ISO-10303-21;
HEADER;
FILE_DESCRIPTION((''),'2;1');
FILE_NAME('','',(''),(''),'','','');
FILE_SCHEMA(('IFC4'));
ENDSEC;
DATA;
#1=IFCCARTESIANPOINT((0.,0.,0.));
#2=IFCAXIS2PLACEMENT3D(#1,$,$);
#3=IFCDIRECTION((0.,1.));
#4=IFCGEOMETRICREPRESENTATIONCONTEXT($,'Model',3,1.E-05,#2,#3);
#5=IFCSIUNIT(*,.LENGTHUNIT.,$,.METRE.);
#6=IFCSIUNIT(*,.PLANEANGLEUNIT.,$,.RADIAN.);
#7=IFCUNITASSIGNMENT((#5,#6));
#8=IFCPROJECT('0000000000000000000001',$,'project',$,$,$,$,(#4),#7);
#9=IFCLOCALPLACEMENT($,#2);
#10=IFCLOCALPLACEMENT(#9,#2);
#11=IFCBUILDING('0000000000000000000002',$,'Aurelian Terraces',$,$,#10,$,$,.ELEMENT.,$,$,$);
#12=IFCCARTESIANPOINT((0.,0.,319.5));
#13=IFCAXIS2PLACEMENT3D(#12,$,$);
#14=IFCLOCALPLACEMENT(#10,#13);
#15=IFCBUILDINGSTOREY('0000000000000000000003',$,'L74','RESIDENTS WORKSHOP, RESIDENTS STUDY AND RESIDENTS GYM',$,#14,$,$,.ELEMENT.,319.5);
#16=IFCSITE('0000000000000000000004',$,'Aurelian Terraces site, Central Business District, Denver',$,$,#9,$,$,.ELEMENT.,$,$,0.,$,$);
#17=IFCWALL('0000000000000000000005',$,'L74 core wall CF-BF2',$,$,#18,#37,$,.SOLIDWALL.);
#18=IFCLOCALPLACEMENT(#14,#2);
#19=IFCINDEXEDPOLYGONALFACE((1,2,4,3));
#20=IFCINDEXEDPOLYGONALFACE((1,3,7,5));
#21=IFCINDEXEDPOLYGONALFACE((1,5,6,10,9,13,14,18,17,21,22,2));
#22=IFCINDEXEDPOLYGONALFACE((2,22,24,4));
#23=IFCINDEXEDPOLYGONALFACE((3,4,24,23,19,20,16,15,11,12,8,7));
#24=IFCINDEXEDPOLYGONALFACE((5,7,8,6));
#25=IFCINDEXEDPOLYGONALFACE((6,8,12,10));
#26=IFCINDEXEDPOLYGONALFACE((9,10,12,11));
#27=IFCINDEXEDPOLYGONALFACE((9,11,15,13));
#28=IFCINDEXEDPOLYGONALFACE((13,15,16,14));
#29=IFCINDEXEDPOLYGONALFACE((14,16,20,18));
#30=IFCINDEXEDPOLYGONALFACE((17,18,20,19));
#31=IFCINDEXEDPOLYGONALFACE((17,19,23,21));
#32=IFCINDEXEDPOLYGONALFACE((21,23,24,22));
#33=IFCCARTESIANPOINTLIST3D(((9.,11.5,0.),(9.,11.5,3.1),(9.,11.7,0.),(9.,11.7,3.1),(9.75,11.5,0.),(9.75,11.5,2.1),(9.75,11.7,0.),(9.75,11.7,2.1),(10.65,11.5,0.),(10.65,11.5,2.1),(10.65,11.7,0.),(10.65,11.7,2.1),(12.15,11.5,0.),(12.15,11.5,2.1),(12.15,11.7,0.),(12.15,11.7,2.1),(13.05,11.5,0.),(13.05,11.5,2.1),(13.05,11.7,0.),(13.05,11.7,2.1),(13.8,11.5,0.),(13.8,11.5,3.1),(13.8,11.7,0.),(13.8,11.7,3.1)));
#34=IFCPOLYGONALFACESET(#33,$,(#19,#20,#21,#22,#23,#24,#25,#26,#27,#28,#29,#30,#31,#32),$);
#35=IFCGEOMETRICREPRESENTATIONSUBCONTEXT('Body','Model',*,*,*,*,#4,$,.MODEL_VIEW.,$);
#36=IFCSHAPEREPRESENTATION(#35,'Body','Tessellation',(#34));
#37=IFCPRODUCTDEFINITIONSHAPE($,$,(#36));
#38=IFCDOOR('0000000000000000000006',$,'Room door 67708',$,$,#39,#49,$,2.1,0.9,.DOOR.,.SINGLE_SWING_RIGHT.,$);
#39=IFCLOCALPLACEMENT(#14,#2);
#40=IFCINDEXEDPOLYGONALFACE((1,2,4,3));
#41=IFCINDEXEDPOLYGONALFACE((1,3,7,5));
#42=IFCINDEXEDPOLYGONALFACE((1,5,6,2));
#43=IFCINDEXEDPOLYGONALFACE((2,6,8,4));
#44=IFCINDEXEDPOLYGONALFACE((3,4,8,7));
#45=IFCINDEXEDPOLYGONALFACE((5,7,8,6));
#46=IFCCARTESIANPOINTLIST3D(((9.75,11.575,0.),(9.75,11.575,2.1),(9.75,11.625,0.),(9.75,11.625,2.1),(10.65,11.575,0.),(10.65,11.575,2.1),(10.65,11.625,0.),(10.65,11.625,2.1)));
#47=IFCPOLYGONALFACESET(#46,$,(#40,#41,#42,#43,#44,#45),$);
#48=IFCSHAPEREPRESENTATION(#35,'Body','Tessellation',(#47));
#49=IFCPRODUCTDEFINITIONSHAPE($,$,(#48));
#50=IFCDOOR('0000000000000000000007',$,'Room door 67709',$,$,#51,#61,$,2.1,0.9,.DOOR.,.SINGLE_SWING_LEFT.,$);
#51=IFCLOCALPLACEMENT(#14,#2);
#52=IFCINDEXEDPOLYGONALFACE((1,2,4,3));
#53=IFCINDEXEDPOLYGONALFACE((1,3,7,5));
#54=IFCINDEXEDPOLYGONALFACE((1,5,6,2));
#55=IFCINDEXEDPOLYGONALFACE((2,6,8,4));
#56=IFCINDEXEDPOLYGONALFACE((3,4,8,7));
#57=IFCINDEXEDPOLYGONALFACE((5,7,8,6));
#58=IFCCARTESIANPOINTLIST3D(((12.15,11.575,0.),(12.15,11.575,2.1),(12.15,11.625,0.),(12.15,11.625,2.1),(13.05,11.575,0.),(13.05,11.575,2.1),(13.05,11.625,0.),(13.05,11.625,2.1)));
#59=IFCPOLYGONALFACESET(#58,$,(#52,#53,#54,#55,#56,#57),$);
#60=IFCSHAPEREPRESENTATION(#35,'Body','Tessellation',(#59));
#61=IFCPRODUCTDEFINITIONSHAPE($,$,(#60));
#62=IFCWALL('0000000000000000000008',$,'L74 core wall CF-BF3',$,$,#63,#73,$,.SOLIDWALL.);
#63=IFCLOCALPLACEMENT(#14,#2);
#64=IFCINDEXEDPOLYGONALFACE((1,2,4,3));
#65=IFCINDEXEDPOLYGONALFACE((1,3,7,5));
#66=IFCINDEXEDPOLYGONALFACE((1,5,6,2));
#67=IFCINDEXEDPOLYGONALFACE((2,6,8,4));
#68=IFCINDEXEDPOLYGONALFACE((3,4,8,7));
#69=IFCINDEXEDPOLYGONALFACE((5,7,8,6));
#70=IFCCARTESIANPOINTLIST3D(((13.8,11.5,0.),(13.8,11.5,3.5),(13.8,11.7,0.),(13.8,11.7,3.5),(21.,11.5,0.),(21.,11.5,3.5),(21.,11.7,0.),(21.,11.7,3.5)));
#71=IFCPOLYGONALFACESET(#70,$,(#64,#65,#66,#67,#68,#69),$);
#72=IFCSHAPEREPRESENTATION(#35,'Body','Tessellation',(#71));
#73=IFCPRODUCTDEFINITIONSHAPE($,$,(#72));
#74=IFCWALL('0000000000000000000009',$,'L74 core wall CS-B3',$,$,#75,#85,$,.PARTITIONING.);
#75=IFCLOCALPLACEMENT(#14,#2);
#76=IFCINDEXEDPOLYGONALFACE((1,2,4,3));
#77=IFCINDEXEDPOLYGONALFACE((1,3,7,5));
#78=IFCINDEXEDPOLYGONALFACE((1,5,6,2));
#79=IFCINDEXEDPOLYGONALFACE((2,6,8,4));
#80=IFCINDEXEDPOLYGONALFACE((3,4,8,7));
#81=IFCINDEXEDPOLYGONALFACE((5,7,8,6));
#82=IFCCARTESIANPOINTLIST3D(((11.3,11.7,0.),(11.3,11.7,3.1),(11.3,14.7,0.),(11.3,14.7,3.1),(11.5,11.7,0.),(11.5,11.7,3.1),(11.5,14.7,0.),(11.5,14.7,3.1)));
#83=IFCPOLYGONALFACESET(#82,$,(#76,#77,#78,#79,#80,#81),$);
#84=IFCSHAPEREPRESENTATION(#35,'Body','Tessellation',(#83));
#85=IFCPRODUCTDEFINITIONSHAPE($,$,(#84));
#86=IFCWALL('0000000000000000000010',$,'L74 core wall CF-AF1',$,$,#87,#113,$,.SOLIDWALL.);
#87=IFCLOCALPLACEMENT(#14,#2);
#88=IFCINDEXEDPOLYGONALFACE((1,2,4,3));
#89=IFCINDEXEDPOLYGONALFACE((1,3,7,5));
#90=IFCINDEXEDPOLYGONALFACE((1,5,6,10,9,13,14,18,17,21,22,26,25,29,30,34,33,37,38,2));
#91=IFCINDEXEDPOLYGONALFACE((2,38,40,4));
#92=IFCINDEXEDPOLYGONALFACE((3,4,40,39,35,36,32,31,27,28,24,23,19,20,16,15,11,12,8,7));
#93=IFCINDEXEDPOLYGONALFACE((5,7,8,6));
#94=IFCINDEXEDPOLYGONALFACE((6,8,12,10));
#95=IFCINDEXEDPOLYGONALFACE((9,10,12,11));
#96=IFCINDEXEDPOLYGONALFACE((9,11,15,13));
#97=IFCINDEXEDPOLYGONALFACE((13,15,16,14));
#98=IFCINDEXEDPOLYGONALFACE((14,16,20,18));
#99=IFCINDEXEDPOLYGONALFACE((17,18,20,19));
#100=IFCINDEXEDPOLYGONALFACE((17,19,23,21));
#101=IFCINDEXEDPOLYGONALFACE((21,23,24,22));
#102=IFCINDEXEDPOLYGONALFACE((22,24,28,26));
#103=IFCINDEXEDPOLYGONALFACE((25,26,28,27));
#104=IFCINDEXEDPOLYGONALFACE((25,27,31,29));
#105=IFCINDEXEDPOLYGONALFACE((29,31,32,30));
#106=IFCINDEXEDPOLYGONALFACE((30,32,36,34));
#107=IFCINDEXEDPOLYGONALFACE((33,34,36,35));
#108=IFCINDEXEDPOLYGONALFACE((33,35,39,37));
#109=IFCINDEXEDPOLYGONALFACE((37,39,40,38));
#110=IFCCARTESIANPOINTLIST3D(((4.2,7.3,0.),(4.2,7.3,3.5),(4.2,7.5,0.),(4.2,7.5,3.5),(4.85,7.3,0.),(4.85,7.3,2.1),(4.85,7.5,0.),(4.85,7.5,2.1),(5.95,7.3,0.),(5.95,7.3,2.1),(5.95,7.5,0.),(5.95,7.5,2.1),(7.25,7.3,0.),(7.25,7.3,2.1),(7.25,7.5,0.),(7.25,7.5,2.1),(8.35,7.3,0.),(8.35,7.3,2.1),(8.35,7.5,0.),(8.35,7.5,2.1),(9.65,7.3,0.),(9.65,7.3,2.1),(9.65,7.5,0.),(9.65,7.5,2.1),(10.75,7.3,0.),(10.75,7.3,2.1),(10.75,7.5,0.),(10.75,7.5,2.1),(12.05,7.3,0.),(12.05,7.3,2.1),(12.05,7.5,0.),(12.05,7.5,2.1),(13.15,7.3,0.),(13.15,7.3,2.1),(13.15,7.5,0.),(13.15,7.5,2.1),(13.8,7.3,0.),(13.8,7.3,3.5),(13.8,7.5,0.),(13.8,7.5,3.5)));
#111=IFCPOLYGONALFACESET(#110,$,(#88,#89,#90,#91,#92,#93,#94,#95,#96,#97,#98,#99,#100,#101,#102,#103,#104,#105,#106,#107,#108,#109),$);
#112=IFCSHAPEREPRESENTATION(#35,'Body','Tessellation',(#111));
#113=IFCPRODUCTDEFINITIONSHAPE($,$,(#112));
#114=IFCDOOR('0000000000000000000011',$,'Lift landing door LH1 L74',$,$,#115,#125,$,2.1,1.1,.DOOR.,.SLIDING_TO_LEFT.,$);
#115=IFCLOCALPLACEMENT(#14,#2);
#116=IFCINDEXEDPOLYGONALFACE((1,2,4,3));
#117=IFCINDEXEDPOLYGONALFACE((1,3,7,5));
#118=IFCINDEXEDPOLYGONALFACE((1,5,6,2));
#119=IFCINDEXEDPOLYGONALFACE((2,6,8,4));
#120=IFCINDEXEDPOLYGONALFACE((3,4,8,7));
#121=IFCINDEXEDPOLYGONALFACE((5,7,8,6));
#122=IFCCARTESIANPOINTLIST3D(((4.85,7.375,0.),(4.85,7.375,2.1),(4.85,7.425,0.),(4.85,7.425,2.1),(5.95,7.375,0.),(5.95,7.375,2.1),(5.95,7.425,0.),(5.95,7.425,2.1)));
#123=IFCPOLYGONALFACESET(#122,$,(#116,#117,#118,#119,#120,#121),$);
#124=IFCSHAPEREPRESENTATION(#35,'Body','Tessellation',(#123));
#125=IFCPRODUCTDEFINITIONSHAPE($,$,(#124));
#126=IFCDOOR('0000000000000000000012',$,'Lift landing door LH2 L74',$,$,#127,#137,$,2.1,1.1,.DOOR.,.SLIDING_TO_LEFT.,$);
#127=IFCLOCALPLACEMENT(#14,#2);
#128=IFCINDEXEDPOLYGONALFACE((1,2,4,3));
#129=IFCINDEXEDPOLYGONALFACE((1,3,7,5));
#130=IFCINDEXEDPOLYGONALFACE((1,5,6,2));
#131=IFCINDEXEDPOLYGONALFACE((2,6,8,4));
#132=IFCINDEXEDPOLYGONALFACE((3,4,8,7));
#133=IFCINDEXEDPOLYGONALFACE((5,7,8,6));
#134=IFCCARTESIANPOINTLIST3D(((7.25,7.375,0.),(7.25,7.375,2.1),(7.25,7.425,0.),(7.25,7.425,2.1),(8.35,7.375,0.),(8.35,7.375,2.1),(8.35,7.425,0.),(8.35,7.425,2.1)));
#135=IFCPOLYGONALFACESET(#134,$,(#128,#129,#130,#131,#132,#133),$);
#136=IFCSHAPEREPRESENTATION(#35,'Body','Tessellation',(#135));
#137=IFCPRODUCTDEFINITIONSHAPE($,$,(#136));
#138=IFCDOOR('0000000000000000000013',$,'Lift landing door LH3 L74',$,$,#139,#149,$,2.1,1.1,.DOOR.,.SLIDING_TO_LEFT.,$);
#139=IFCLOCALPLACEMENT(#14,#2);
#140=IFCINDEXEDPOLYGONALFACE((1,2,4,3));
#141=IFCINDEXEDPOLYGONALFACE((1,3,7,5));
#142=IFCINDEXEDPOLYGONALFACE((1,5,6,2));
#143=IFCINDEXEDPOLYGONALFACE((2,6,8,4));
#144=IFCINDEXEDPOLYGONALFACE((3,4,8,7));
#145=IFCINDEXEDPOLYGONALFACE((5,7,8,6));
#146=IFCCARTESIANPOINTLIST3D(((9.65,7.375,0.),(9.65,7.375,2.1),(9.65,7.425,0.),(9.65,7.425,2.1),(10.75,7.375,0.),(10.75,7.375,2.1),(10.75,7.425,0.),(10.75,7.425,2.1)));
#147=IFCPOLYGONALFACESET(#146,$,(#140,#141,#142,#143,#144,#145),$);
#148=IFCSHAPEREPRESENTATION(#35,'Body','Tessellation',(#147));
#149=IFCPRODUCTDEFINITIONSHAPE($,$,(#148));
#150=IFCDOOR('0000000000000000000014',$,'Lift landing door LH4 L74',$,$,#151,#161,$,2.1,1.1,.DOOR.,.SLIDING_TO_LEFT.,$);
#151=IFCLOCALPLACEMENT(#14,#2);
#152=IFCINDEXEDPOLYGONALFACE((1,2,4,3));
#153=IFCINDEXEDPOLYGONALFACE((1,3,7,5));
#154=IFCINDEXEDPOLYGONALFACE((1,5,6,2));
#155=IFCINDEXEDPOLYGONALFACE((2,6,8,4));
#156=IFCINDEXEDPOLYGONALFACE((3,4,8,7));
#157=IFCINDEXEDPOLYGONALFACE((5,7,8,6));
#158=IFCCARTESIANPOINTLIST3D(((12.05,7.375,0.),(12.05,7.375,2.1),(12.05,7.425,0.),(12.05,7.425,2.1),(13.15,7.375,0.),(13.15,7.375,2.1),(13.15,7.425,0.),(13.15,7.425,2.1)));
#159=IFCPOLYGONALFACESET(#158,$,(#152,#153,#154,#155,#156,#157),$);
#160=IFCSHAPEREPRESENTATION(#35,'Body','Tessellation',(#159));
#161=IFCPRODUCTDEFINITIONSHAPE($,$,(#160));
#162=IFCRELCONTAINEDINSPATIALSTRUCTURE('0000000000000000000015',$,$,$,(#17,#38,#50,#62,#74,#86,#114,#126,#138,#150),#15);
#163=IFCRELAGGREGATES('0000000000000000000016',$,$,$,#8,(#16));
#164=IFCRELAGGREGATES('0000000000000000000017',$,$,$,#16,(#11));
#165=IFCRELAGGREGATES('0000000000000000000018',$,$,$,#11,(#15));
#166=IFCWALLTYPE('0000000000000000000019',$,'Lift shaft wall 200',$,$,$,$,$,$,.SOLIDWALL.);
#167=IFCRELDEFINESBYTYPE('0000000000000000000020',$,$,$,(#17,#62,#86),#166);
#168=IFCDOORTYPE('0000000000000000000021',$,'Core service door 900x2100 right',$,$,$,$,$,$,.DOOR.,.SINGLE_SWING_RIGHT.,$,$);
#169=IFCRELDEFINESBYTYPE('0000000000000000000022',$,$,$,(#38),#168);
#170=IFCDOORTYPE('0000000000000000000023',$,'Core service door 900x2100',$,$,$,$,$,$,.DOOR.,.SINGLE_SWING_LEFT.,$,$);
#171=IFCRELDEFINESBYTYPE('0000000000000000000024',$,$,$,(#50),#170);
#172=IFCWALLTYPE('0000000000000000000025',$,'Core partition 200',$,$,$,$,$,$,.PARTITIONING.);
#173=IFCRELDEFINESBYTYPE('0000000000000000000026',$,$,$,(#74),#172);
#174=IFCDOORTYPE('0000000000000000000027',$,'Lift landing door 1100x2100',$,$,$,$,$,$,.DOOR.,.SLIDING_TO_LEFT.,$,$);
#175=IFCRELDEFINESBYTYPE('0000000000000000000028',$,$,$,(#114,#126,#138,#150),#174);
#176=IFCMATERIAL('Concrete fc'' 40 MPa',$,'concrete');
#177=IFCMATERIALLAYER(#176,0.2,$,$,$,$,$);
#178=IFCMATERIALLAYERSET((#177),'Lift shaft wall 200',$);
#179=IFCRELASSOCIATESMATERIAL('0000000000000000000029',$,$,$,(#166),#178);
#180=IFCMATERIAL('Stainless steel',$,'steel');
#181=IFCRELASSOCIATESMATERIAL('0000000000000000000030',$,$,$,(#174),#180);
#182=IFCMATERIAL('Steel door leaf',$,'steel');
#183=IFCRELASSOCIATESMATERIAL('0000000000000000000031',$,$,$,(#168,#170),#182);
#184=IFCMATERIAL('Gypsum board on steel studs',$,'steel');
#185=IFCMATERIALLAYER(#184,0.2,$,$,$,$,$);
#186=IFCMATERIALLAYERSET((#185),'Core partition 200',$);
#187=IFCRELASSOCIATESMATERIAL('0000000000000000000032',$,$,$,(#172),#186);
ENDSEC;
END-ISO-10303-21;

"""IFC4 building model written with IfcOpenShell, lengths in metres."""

from ifc_helpers import new_model, si_unit, direction, frame, frame_2d, origin, place, context, subcontext, project, spatial, rectangle, extrude, source, transform, mapped, material, layer, layer_set, type_object, element, fill, save


model = new_model("IFC4")

# Units and contexts
model_context = context("Model", 3, precision=1e-05, world=origin(), true_north=direction((0.0, 1.0)))
body_context = subcontext(model_context, "Body", "Model", "MODEL_VIEW")
ifc_project = project(units=[si_unit("LENGTHUNIT", "METRE"), si_unit("PLANEANGLEUNIT", "RADIAN")], contexts=[model_context])

# Site, building, storey
site_placement = place(None, origin())
site = spatial("IfcSite", under=ifc_project, at=site_placement, Name="Aurelian Terraces site, Central Business District, Denver", CompositionType="ELEMENT", RefElevation=0.0)
building_placement = place(site_placement, origin())
building = spatial("IfcBuilding", under=site, at=building_placement, Name="Aurelian Terraces", CompositionType="ELEMENT")
storey_placement = place(building_placement, frame((0.0, 0.0, 319.5)))
storey = spatial("IfcBuildingStorey", under=building, at=storey_placement, Name="L74", Description="RESIDENTS WORKSHOP, RESIDENTS STUDY AND RESIDENTS GYM", CompositionType="ELEMENT", Elevation=319.5)

# Shared definitions
ifc_material_1 = material(Name="Concrete fc' 40 MPa", Category="concrete")
ifc_layer_1 = layer(ifc_material_1, 0.2)
ifc_layer_set_1 = layer_set([ifc_layer_1], Name="Lift shaft wall 200")
wall_type_1 = type_object("IfcWallType", Name="Lift shaft wall 200", PredefinedType="SOLIDWALL", material=ifc_layer_set_1)

# Wall, openings, doors
shared_shape_1 = source(origin(), body_context, "Body", "SweptSolid", [
    extrude(rectangle(XDim=1.1, YDim=2.1, at=frame_2d((0.55, 1.05))), frame((0.0, 0.11, 0.0), z_axis=(0.0, -1.0, 0.0), x_axis=(1.0, 0.0, 0.0)), (0.0, 0.0, 1.0), 0.22),
])
ifc_material_2 = material(Name="Stainless steel", Category="steel")
door_type_1 = type_object("IfcDoorType", Name="Lift landing door 1100x2100", OperationType="SLIDING_TO_LEFT", PredefinedType="DOOR", material=ifc_material_2)
shared_shape_2 = source(origin(), body_context, "Body", "SweptSolid", [
    extrude(rectangle(XDim=1.1, YDim=2.1, at=frame_2d((0.55, 1.05))), frame((0.0, 0.025, 0.0), z_axis=(0.0, -1.0, 0.0), x_axis=(1.0, 0.0, 0.0)), (0.0, 0.0, 1.0), 0.05),
])
shared_shape_3 = source(origin(), body_context, "Body", "SweptSolid", [
    extrude(rectangle(XDim=4.8, YDim=0.2, at=frame_2d((2.4, 0.0))), origin(), (0.0, 0.0, 1.0), 3.1),
])
wall_1_placement = place(storey_placement, frame((9.0, 11.6, 0.0), z_axis=(0.0, 0.0, 1.0), x_axis=(1.0, 0.0, 0.0)))
wall_1 = element("IfcWall", 1, at=wall_1_placement, inside=storey, type_object=wall_type_1, Name="L74 core wall CF-BF2", PredefinedType="SOLIDWALL", context=body_context, shape_type="MappedRepresentation", body=[
    mapped(shared_shape_3, transform((0.0, 0.0, 0.0), scale=1.0)),
])
shared_shape_4 = source(origin(), body_context, "Body", "SweptSolid", [
    extrude(rectangle(XDim=0.9, YDim=2.1, at=frame_2d((0.45, 1.05))), frame((0.0, 0.11, 0.0), z_axis=(0.0, -1.0, 0.0), x_axis=(1.0, 0.0, 0.0)), (0.0, 0.0, 1.0), 0.22),
])
opening_1_placement = place(wall_1_placement, frame((0.75, 0.0, 0.0)))
opening_1 = element("IfcOpeningElement", 2, at=opening_1_placement, cuts=wall_1, PredefinedType="OPENING", context=body_context, shape_type="MappedRepresentation", body=[
    mapped(shared_shape_4, transform((0.0, 0.0, 0.0), scale=1.0)),
])
opening_2_placement = place(wall_1_placement, frame((3.15, 0.0, 0.0)))
opening_2 = element("IfcOpeningElement", 3, at=opening_2_placement, cuts=wall_1, PredefinedType="OPENING", context=body_context, shape_type="MappedRepresentation", body=[
    mapped(shared_shape_4, transform((0.0, 0.0, 0.0), scale=1.0)),
])
ifc_material_3 = material(Name="Steel door leaf", Category="steel")
door_type_2 = type_object("IfcDoorType", Name="Core service door 900x2100 right", OperationType="SINGLE_SWING_RIGHT", PredefinedType="DOOR", material=ifc_material_3)
shared_shape_5 = source(origin(), body_context, "Body", "SweptSolid", [
    extrude(rectangle(XDim=0.9, YDim=2.1, at=frame_2d((0.45, 1.05))), frame((0.0, 0.025, 0.0), z_axis=(0.0, -1.0, 0.0), x_axis=(1.0, 0.0, 0.0)), (0.0, 0.0, 1.0), 0.05),
])
door_1_placement = place(opening_1_placement, origin())
door_1 = element("IfcDoor", 4, at=door_1_placement, inside=storey, type_object=door_type_2, Name="Room door 67708", OperationType="SINGLE_SWING_RIGHT", OverallHeight=2.1, OverallWidth=0.9, PredefinedType="DOOR", context=body_context, shape_type="MappedRepresentation", body=[
    mapped(shared_shape_5, transform((0.0, 0.0, 0.0), scale=1.0)),
])
fill(opening_1, door_1)
door_type_3 = type_object("IfcDoorType", Name="Core service door 900x2100", OperationType="SINGLE_SWING_LEFT", PredefinedType="DOOR", material=ifc_material_3)
door_2_placement = place(opening_2_placement, origin())
door_2 = element("IfcDoor", 5, at=door_2_placement, inside=storey, type_object=door_type_3, Name="Room door 67709", OperationType="SINGLE_SWING_LEFT", OverallHeight=2.1, OverallWidth=0.9, PredefinedType="DOOR", context=body_context, shape_type="MappedRepresentation", body=[
    mapped(shared_shape_5, transform((0.0, 0.0, 0.0), scale=1.0)),
])
fill(opening_2, door_2)

# Walls
shared_shape_6 = source(origin(), body_context, "Body", "SweptSolid", [
    extrude(rectangle(XDim=7.2, YDim=0.2, at=frame_2d((3.6, 0.0))), origin(), (0.0, 0.0, 1.0), 3.5),
])
wall_2_placement = place(storey_placement, frame((13.8, 11.6, 0.0), z_axis=(0.0, 0.0, 1.0), x_axis=(1.0, 0.0, 0.0)))
element("IfcWall", 6, at=wall_2_placement, inside=storey, type_object=wall_type_1, Name="L74 core wall CF-BF3", PredefinedType="SOLIDWALL", context=body_context, shape_type="MappedRepresentation", body=[
    mapped(shared_shape_6, transform((0.0, 0.0, 0.0), scale=1.0)),
])
ifc_material_4 = material(Name="Gypsum board on steel studs", Category="steel")
ifc_layer_2 = layer(ifc_material_4, 0.2)
ifc_layer_set_2 = layer_set([ifc_layer_2], Name="Core partition 200")
wall_type_2 = type_object("IfcWallType", Name="Core partition 200", PredefinedType="PARTITIONING", material=ifc_layer_set_2)
shared_shape_7 = source(origin(), body_context, "Body", "SweptSolid", [
    extrude(rectangle(XDim=3.0, YDim=0.2, at=frame_2d((1.5, 0.0))), origin(), (0.0, 0.0, 1.0), 3.1),
])
wall_3_placement = place(storey_placement, frame((11.4, 11.7, 0.0), z_axis=(0.0, 0.0, 1.0), x_axis=(0.0, 1.0, 0.0)))
element("IfcWall", 7, at=wall_3_placement, inside=storey, type_object=wall_type_2, Name="L74 core wall CS-B3", PredefinedType="PARTITIONING", context=body_context, shape_type="MappedRepresentation", body=[
    mapped(shared_shape_7, transform((0.0, 0.0, 0.0), scale=1.0)),
])

# Wall, openings, doors
shared_shape_8 = source(origin(), body_context, "Body", "SweptSolid", [
    extrude(rectangle(XDim=9.6, YDim=0.2, at=frame_2d((4.8, 0.0))), origin(), (0.0, 0.0, 1.0), 3.5),
])
wall_4_placement = place(storey_placement, frame((4.2, 7.4, 0.0), z_axis=(0.0, 0.0, 1.0), x_axis=(1.0, 0.0, 0.0)))
wall_4 = element("IfcWall", 8, at=wall_4_placement, inside=storey, type_object=wall_type_1, Name="L74 core wall CF-AF1", PredefinedType="SOLIDWALL", context=body_context, shape_type="MappedRepresentation", body=[
    mapped(shared_shape_8, transform((0.0, 0.0, 0.0), scale=1.0)),
])
opening_3_placement = place(wall_4_placement, frame((0.65, 0.0, 0.0)))
opening_3 = element("IfcOpeningElement", 9, at=opening_3_placement, cuts=wall_4, PredefinedType="OPENING", context=body_context, shape_type="MappedRepresentation", body=[
    mapped(shared_shape_1, transform((0.0, 0.0, 0.0), scale=1.0)),
])
opening_4_placement = place(wall_4_placement, frame((3.05, 0.0, 0.0)))
opening_4 = element("IfcOpeningElement", 10, at=opening_4_placement, cuts=wall_4, PredefinedType="OPENING", context=body_context, shape_type="MappedRepresentation", body=[
    mapped(shared_shape_1, transform((0.0, 0.0, 0.0), scale=1.0)),
])
opening_5_placement = place(wall_4_placement, frame((5.45, 0.0, 0.0)))
opening_5 = element("IfcOpeningElement", 11, at=opening_5_placement, cuts=wall_4, PredefinedType="OPENING", context=body_context, shape_type="MappedRepresentation", body=[
    mapped(shared_shape_1, transform((0.0, 0.0, 0.0), scale=1.0)),
])
opening_6_placement = place(wall_4_placement, frame((7.85, 0.0, 0.0)))
opening_6 = element("IfcOpeningElement", 12, at=opening_6_placement, cuts=wall_4, PredefinedType="OPENING", context=body_context, shape_type="MappedRepresentation", body=[
    mapped(shared_shape_1, transform((0.0, 0.0, 0.0), scale=1.0)),
])
door_3_placement = place(opening_3_placement, origin())
door_3 = element("IfcDoor", 13, at=door_3_placement, inside=storey, type_object=door_type_1, Name="Lift landing door LH1 L74", OperationType="SLIDING_TO_LEFT", OverallHeight=2.1, OverallWidth=1.1, PredefinedType="DOOR", context=body_context, shape_type="MappedRepresentation", body=[
    mapped(shared_shape_2, transform((0.0, 0.0, 0.0), scale=1.0)),
])
fill(opening_3, door_3)
door_4_placement = place(opening_4_placement, origin())
door_4 = element("IfcDoor", 14, at=door_4_placement, inside=storey, type_object=door_type_1, Name="Lift landing door LH2 L74", OperationType="SLIDING_TO_LEFT", OverallHeight=2.1, OverallWidth=1.1, PredefinedType="DOOR", context=body_context, shape_type="MappedRepresentation", body=[
    mapped(shared_shape_2, transform((0.0, 0.0, 0.0), scale=1.0)),
])
fill(opening_4, door_4)
door_5_placement = place(opening_5_placement, origin())
door_5 = element("IfcDoor", 15, at=door_5_placement, inside=storey, type_object=door_type_1, Name="Lift landing door LH3 L74", OperationType="SLIDING_TO_LEFT", OverallHeight=2.1, OverallWidth=1.1, PredefinedType="DOOR", context=body_context, shape_type="MappedRepresentation", body=[
    mapped(shared_shape_2, transform((0.0, 0.0, 0.0), scale=1.0)),
])
fill(opening_5, door_5)
door_6_placement = place(opening_6_placement, origin())
door_6 = element("IfcDoor", 16, at=door_6_placement, inside=storey, type_object=door_type_1, Name="Lift landing door LH4 L74", OperationType="SLIDING_TO_LEFT", OverallHeight=2.1, OverallWidth=1.1, PredefinedType="DOOR", context=body_context, shape_type="MappedRepresentation", body=[
    mapped(shared_shape_2, transform((0.0, 0.0, 0.0), scale=1.0)),
])
fill(opening_6, door_6)

save(model, "model.ifc")
